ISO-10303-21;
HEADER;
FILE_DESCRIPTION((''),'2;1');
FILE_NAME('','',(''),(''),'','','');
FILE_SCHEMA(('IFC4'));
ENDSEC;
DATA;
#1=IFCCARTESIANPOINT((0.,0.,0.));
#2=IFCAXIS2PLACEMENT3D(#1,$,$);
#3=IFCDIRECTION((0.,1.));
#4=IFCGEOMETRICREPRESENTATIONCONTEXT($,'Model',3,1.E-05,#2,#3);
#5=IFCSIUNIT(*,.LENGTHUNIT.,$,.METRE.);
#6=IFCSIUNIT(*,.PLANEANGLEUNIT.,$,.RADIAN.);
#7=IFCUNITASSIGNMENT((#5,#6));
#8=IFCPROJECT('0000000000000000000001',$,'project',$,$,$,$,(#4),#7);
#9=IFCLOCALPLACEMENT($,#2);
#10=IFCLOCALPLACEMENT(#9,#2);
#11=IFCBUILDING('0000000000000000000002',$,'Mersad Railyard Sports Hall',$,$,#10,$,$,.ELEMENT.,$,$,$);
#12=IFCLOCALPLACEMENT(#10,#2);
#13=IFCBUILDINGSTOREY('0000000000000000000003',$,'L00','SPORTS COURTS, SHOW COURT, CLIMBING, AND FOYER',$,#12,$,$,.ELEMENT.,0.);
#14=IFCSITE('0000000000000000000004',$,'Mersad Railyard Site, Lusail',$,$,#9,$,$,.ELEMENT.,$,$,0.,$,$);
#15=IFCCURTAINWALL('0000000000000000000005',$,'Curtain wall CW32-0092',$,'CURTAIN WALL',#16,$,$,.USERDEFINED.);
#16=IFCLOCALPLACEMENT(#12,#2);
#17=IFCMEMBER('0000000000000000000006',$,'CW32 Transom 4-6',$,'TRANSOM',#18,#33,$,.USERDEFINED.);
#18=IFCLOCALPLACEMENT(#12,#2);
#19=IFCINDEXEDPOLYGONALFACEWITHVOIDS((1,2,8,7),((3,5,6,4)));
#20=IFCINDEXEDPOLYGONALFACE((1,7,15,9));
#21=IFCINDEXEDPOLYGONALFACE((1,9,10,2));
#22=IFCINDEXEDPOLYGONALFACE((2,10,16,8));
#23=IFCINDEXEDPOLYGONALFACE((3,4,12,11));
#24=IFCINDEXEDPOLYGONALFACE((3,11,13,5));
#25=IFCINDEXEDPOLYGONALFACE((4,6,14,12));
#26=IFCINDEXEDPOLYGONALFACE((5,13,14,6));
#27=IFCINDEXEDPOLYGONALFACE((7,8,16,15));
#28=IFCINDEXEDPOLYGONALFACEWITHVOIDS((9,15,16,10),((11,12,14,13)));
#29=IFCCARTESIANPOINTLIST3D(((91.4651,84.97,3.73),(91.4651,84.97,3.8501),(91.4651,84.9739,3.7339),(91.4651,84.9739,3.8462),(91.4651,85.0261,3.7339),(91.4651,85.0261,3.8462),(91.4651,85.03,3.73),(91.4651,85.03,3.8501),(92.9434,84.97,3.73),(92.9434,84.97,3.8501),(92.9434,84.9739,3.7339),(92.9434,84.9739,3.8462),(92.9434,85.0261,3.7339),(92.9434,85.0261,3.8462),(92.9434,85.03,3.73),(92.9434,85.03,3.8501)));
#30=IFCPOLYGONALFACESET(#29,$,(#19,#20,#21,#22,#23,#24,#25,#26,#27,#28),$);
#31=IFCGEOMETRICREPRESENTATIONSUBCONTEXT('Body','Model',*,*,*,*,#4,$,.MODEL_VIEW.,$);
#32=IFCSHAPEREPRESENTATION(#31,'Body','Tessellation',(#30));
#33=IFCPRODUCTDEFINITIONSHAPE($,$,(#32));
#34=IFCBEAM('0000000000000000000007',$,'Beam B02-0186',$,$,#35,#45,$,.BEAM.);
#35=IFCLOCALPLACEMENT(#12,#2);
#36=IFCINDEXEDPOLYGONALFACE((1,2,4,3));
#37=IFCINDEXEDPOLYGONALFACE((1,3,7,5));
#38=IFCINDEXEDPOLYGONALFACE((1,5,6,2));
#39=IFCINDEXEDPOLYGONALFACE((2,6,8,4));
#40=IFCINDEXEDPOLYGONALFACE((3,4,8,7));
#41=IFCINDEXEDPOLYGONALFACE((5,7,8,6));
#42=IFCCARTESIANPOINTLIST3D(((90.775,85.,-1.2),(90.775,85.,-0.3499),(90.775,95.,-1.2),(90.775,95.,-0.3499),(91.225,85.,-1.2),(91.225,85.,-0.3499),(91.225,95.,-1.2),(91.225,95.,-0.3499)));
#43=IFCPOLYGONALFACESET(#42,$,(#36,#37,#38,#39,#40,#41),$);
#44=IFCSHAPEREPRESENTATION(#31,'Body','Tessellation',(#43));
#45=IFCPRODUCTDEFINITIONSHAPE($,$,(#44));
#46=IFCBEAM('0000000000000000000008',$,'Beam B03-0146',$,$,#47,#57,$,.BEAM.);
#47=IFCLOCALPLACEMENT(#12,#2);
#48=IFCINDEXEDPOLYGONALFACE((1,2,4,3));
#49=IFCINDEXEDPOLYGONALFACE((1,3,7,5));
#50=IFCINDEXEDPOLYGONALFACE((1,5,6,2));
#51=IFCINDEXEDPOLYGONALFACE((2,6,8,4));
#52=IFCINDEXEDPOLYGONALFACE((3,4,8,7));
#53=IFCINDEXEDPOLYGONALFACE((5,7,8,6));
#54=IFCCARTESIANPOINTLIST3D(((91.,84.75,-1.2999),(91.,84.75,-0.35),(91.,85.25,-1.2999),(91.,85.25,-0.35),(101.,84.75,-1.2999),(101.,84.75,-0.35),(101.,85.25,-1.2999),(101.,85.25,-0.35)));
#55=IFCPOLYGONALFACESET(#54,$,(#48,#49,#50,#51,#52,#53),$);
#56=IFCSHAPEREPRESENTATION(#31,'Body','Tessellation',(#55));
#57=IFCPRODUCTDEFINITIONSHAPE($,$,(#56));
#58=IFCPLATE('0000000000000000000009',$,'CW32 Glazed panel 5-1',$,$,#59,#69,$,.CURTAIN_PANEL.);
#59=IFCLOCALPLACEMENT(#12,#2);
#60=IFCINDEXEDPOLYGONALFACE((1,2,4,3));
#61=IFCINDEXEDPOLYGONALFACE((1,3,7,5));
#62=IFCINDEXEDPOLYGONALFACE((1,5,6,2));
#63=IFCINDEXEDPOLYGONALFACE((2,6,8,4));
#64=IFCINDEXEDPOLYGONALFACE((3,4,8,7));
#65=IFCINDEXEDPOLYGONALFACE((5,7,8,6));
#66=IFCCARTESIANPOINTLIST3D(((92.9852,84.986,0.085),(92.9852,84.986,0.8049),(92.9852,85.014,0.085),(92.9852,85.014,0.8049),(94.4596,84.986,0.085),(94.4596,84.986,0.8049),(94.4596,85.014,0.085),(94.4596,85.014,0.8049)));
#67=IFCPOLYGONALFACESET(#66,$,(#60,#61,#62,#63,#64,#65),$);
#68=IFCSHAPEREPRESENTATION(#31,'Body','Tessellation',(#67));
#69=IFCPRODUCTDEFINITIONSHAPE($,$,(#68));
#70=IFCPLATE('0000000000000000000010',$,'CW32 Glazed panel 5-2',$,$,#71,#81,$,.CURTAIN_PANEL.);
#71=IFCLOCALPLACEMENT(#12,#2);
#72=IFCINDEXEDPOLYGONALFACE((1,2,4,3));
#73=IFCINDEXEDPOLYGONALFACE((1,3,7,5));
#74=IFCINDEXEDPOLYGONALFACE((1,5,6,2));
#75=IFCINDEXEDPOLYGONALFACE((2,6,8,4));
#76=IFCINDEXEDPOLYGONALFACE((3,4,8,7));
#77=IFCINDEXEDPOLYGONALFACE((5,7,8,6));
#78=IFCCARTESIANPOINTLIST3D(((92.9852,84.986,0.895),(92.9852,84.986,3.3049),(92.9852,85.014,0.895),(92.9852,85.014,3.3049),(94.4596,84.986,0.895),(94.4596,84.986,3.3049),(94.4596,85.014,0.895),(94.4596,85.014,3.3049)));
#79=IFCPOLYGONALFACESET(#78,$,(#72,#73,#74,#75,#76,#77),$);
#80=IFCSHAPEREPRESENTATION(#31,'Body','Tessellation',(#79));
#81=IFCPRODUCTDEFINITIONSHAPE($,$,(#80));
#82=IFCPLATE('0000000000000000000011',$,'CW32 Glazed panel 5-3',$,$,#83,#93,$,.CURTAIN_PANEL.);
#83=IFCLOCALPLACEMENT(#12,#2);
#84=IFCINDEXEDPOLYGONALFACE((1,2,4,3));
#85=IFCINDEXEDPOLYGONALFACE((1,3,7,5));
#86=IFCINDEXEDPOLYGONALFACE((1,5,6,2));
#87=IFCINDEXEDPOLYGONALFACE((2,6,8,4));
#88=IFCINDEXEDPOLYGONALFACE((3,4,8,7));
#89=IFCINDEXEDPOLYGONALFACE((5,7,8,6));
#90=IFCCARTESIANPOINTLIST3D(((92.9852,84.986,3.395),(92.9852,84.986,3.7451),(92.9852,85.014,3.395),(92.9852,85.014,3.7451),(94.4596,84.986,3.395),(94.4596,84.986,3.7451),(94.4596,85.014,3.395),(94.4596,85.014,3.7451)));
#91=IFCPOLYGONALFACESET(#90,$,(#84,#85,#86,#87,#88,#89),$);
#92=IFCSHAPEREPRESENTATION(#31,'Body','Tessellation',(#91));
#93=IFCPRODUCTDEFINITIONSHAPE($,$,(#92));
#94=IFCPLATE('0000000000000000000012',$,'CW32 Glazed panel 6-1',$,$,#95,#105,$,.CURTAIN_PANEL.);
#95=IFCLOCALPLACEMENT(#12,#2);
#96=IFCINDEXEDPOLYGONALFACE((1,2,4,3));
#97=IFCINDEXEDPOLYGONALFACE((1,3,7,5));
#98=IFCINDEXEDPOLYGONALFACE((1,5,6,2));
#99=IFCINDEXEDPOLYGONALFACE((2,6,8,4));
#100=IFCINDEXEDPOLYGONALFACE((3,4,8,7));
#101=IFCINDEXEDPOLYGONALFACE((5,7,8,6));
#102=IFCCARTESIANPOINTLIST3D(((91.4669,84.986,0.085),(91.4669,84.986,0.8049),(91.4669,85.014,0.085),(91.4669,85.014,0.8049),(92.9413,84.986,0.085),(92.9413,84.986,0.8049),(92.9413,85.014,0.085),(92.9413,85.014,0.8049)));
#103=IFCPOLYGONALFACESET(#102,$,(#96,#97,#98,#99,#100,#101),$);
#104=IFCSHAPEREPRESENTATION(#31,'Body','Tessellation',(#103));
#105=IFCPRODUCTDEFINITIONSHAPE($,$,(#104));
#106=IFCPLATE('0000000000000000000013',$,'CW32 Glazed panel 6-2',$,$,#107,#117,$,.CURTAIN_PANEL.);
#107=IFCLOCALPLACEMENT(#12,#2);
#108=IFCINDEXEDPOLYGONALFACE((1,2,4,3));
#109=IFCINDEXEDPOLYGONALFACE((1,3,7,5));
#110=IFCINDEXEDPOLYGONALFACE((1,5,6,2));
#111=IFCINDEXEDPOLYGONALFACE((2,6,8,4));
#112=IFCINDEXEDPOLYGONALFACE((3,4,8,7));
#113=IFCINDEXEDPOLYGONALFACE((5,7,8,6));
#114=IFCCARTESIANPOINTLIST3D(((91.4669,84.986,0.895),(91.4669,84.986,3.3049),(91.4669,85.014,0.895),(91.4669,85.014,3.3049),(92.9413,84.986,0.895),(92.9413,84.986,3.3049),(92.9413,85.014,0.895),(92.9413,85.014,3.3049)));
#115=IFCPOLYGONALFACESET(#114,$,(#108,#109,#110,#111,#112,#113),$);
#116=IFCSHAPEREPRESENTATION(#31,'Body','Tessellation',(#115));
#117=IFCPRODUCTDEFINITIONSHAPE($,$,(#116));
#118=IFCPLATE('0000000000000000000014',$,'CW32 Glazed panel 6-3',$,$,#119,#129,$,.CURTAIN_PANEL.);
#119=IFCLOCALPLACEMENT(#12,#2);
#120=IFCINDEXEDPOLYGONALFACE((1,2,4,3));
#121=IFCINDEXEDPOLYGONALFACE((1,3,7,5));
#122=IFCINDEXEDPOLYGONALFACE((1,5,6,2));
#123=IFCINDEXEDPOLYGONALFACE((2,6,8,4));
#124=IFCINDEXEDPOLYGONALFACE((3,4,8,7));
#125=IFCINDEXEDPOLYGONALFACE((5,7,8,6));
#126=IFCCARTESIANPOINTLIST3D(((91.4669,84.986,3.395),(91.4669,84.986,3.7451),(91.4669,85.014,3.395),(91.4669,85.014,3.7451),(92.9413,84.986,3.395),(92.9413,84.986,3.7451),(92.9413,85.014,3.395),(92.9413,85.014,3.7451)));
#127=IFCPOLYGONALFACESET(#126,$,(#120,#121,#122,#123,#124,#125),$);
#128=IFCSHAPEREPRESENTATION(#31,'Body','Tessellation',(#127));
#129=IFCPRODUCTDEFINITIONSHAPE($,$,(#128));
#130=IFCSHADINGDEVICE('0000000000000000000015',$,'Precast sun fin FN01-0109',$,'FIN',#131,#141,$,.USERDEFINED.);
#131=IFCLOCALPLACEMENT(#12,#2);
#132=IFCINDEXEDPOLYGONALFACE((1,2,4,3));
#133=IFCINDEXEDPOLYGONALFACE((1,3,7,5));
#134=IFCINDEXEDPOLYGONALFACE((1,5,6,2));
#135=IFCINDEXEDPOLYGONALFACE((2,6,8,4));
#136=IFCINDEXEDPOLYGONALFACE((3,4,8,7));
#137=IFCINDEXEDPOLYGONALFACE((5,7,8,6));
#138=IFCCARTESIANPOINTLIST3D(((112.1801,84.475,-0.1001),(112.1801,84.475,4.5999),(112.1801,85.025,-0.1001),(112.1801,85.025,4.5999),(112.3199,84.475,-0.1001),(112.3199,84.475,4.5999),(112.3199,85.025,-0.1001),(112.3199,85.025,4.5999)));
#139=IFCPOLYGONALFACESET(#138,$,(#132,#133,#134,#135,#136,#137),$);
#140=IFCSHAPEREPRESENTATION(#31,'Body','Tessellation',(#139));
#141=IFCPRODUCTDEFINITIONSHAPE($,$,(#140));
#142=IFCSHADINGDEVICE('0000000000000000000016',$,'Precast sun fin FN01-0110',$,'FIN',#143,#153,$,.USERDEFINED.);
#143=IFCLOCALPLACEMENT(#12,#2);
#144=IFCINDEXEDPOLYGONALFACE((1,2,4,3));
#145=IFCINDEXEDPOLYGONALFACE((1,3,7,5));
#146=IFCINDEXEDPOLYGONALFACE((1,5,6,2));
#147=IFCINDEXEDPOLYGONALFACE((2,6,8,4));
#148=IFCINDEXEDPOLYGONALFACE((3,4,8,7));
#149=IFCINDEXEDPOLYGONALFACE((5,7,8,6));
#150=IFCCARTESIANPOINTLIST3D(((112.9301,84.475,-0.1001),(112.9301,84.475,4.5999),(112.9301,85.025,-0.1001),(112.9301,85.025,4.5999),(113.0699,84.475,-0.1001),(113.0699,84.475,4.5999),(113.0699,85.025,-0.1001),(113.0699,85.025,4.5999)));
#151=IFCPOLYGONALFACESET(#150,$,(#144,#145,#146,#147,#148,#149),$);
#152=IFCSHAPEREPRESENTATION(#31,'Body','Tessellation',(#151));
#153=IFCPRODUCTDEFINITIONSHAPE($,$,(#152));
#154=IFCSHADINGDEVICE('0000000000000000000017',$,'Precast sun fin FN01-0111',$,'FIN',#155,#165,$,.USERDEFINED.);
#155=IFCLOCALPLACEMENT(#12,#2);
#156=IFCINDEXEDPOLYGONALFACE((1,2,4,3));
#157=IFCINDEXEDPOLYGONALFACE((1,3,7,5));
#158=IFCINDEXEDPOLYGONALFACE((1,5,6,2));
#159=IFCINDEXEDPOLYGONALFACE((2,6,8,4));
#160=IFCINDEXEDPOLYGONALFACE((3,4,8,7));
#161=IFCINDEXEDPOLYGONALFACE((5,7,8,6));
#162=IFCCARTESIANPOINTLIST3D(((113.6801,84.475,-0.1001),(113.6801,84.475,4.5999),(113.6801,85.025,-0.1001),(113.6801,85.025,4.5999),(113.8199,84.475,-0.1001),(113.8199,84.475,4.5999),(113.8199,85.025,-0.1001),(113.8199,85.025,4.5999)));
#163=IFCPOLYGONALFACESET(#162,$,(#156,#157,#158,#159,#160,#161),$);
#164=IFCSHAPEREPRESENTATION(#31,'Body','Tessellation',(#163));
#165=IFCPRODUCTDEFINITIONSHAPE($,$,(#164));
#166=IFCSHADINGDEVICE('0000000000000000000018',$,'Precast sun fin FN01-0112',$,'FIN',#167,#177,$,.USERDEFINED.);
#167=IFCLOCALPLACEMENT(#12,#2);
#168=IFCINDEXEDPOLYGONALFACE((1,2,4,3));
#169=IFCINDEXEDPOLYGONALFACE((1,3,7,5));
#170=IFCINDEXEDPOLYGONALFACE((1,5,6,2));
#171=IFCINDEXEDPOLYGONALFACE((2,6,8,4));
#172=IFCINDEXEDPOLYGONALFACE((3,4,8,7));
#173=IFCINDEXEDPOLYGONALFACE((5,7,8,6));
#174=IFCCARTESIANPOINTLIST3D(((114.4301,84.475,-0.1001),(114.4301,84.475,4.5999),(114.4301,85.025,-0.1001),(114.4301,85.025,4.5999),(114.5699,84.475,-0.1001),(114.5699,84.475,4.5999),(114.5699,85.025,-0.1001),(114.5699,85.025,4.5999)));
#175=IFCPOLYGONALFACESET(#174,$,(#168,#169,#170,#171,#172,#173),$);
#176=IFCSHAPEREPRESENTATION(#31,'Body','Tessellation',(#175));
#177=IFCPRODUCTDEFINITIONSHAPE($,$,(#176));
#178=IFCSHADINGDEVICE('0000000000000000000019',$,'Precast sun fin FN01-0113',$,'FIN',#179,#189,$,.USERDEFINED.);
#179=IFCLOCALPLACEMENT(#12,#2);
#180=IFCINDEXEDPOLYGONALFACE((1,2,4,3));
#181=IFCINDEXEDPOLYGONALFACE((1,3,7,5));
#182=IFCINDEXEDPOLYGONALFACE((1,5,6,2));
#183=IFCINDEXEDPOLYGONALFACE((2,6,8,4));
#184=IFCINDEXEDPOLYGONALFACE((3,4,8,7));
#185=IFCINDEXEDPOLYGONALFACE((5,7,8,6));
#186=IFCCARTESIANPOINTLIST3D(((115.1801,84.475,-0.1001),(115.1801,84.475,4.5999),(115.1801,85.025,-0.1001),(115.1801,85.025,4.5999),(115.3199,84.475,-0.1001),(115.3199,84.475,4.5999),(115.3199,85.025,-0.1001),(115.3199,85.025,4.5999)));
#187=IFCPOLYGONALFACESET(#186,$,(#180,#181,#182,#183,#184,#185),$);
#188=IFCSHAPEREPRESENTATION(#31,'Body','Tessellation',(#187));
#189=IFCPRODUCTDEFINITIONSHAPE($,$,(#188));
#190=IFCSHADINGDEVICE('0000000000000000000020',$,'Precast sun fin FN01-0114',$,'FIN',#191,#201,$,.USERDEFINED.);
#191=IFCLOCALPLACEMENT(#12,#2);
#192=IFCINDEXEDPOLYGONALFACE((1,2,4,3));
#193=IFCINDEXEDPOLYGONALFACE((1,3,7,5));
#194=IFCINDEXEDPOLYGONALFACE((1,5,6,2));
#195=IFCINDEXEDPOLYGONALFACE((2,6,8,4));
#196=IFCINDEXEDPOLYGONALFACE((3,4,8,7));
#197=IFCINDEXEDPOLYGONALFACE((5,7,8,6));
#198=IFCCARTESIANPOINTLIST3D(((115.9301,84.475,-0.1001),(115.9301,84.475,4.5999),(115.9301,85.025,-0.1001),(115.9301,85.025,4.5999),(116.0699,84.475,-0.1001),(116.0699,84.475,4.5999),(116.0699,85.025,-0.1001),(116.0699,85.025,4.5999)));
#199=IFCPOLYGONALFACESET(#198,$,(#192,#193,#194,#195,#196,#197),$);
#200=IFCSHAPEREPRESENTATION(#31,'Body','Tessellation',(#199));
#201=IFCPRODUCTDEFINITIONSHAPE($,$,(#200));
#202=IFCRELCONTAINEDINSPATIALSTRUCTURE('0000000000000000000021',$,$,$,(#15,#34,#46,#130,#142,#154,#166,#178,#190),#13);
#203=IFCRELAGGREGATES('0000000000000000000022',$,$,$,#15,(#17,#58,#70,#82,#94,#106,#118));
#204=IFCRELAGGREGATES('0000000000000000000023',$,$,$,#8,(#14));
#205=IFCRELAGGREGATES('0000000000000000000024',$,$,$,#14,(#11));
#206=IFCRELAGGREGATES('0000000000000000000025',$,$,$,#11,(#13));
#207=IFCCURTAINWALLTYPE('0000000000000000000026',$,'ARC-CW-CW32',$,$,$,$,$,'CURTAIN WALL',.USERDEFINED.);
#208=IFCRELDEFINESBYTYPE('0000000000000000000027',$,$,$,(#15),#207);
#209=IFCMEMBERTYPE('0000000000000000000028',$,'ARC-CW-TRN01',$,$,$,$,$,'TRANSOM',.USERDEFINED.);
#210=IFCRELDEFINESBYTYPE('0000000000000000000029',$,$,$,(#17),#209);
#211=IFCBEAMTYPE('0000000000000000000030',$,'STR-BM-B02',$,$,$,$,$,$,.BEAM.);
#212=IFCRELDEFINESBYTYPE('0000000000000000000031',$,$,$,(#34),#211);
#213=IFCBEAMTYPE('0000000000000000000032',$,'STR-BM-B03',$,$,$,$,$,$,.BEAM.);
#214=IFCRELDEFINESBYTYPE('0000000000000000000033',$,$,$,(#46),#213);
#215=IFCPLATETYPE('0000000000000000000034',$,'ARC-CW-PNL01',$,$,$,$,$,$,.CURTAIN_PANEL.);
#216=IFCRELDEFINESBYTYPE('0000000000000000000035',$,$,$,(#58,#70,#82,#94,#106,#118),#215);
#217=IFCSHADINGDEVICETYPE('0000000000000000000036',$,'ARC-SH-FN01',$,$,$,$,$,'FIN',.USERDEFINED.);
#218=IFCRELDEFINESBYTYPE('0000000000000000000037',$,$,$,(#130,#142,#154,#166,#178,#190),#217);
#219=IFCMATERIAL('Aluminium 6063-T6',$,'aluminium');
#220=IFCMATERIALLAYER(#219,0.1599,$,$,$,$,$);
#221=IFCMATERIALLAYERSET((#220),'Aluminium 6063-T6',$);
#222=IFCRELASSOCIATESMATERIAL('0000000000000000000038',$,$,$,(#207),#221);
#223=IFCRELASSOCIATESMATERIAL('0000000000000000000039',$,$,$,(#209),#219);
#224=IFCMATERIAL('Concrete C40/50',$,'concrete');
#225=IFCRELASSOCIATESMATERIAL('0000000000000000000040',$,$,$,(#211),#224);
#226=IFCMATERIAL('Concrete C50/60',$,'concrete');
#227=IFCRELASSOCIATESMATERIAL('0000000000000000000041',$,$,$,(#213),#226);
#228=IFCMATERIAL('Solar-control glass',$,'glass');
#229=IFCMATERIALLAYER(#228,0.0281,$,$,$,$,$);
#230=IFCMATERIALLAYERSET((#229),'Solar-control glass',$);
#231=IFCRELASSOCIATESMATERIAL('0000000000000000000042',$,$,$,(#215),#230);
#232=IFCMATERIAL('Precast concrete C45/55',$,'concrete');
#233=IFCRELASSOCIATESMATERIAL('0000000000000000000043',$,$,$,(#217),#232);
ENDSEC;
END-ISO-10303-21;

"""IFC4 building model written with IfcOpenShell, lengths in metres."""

from ifc_helpers import new_model, si_unit, direction, frame, origin, origin_2d, place, context, subcontext, project, spatial, rectangle, hollow_rectangle, extrude, material, layer, layer_set, material_profile, profile_set, type_object, element, aggregate, save


model = new_model("IFC4")

# Units and contexts
model_context = context("Model", 3, precision=1e-05, world=origin(), true_north=direction((0.0, 1.0)))
body_context = subcontext(model_context, "Body", "Model", "MODEL_VIEW")
ifc_project = project(units=[si_unit("LENGTHUNIT", "METRE"), si_unit("PLANEANGLEUNIT", "RADIAN")], contexts=[model_context])

# Site, building, storey
site_placement = place(None, origin())
site = spatial("IfcSite", under=ifc_project, at=site_placement, Name="Mersad Railyard Site, Lusail", CompositionType="ELEMENT", RefElevation=0.0)
building_placement = place(site_placement, origin())
building = spatial("IfcBuilding", under=site, at=building_placement, Name="Mersad Railyard Sports Hall", CompositionType="ELEMENT")
storey_placement = place(building_placement, origin())
storey = spatial("IfcBuildingStorey", under=building, at=storey_placement, Name="L00", Description="SPORTS COURTS, SHOW COURT, CLIMBING, AND FOYER", CompositionType="ELEMENT", Elevation=0.0)

# Shared definitions
ifc_material_1 = material(Name="Concrete C50/60", Category="concrete")

# Curtain wall, member
ifc_material_2 = material(Name="Aluminium 6063-T6", Category="aluminium")
ifc_layer_1 = layer(ifc_material_2, 0.1599)
ifc_layer_set_1 = layer_set([ifc_layer_1], Name="Aluminium 6063-T6")
curtain_wall_type = type_object("IfcCurtainWallType", Name="ARC-CW-CW32", ElementType="CURTAIN WALL", PredefinedType="USERDEFINED", material=ifc_layer_set_1)
curtain_wall_placement = place(storey_placement, origin())
curtain_wall = element("IfcCurtainWall", 1, at=curtain_wall_placement, inside=storey, type_object=curtain_wall_type, Name="Curtain wall CW32-0092", ObjectType="CURTAIN WALL", PredefinedType="USERDEFINED")
ifc_material_profile_1 = material_profile(ifc_material_2, hollow_rectangle(XDim=0.0601, YDim=0.1201, WallThickness=0.0039, at=origin_2d()), Name="AL TRANSOM 60x120x4")
ifc_profile_set_1 = profile_set([ifc_material_profile_1], Name="Aluminium 6063-T6")
member_type_1 = type_object("IfcMemberType", Name="ARC-CW-TRN01", ElementType="TRANSOM", PredefinedType="USERDEFINED", material=ifc_profile_set_1)
member_1_placement = place(storey_placement, frame((92.9434, 85.0, 3.79), z_axis=(-1.0, 0.0, 0.0), x_axis=(0.0, -1.0, 0.0)))
member_1 = element("IfcMember", 2, at=member_1_placement, type_object=member_type_1, Name="CW32 Transom 4-6", ObjectType="TRANSOM", PredefinedType="USERDEFINED", context=body_context, shape_type="SweptSolid", body=[
    extrude(hollow_rectangle(XDim=0.0601, YDim=0.1201, WallThickness=0.0039, at=origin_2d()), origin(), (0.0, 0.0, 1.0), 1.4783),
])

# Beams
ifc_material_3 = material(Name="Concrete C40/50", Category="concrete")
ifc_material_profile_2 = material_profile(ifc_material_3, rectangle(XDim=0.45, YDim=0.8501, at=origin_2d()), Name="RC 450x850")
ifc_profile_set_2 = profile_set([ifc_material_profile_2], Name="Concrete C40/50")
beam_type_1 = type_object("IfcBeamType", Name="STR-BM-B02", PredefinedType="BEAM", material=ifc_profile_set_2)
beam_1_placement = place(storey_placement, frame((91.0, 85.0, -0.7749), z_axis=(0.0, 1.0, 0.0), x_axis=(-1.0, 0.0, 0.0)))
element("IfcBeam", 3, at=beam_1_placement, inside=storey, type_object=beam_type_1, Name="Beam B02-0186", PredefinedType="BEAM", context=body_context, shape_type="SweptSolid", body=[
    extrude(rectangle(XDim=0.45, YDim=0.8501, at=origin_2d()), origin(), (0.0, 0.0, 1.0), 10.0),
])
ifc_material_profile_3 = material_profile(ifc_material_1, rectangle(XDim=0.5, YDim=0.95, at=origin_2d()), Name="RC 500x950")
ifc_profile_set_3 = profile_set([ifc_material_profile_3], Name="Concrete C50/60")
beam_type_2 = type_object("IfcBeamType", Name="STR-BM-B03", PredefinedType="BEAM", material=ifc_profile_set_3)
beam_2_placement = place(storey_placement, frame((91.0, 85.0, -0.825), z_axis=(1.0, 0.0, 0.0), x_axis=(0.0, 1.0, 0.0)))
element("IfcBeam", 4, at=beam_2_placement, inside=storey, type_object=beam_type_2, Name="Beam B03-0146", PredefinedType="BEAM", context=body_context, shape_type="SweptSolid", body=[
    extrude(rectangle(XDim=0.5, YDim=0.95, at=origin_2d()), origin(), (0.0, 0.0, 1.0), 10.0),
])

# Plates
ifc_material_4 = material(Name="Solar-control glass", Category="glass")
ifc_layer_2 = layer(ifc_material_4, 0.0281)
ifc_layer_set_2 = layer_set([ifc_layer_2], Name="Solar-control glass")
plate_type = type_object("IfcPlateType", Name="ARC-CW-PNL01", PredefinedType="CURTAIN_PANEL", material=ifc_layer_set_2)
plate_1_placement = place(storey_placement, frame((93.7224, 85.0, 0.085), z_axis=(0.0, 0.0, 1.0), x_axis=(-1.0, 0.0, 0.0)))
plate_1 = element("IfcPlate", 5, at=plate_1_placement, type_object=plate_type, Name="CW32 Glazed panel 5-1", PredefinedType="CURTAIN_PANEL", context=body_context, shape_type="SweptSolid", body=[
    extrude(rectangle(XDim=1.4744, YDim=0.0281, at=origin_2d()), origin(), (0.0, 0.0, 1.0), 0.72),
])
plate_2_placement = place(storey_placement, frame((93.7224, 85.0, 0.895), z_axis=(0.0, 0.0, 1.0), x_axis=(-1.0, 0.0, 0.0)))
plate_2 = element("IfcPlate", 6, at=plate_2_placement, type_object=plate_type, Name="CW32 Glazed panel 5-2", PredefinedType="CURTAIN_PANEL", context=body_context, shape_type="SweptSolid", body=[
    extrude(rectangle(XDim=1.4744, YDim=0.0281, at=origin_2d()), origin(), (0.0, 0.0, 1.0), 2.4099),
])
plate_3_placement = place(storey_placement, frame((93.7224, 85.0, 3.395), z_axis=(0.0, 0.0, 1.0), x_axis=(-1.0, 0.0, 0.0)))
plate_3 = element("IfcPlate", 7, at=plate_3_placement, type_object=plate_type, Name="CW32 Glazed panel 5-3", PredefinedType="CURTAIN_PANEL", context=body_context, shape_type="SweptSolid", body=[
    extrude(rectangle(XDim=1.4744, YDim=0.0281, at=origin_2d()), origin(), (0.0, 0.0, 1.0), 0.3501),
])
plate_4_placement = place(storey_placement, frame((92.2041, 85.0, 0.085), z_axis=(0.0, 0.0, 1.0), x_axis=(-1.0, 0.0, 0.0)))
plate_4 = element("IfcPlate", 8, at=plate_4_placement, type_object=plate_type, Name="CW32 Glazed panel 6-1", PredefinedType="CURTAIN_PANEL", context=body_context, shape_type="SweptSolid", body=[
    extrude(rectangle(XDim=1.4744, YDim=0.0281, at=origin_2d()), origin(), (0.0, 0.0, 1.0), 0.72),
])
plate_5_placement = place(storey_placement, frame((92.2041, 85.0, 0.895), z_axis=(0.0, 0.0, 1.0), x_axis=(-1.0, 0.0, 0.0)))
plate_5 = element("IfcPlate", 9, at=plate_5_placement, type_object=plate_type, Name="CW32 Glazed panel 6-2", PredefinedType="CURTAIN_PANEL", context=body_context, shape_type="SweptSolid", body=[
    extrude(rectangle(XDim=1.4744, YDim=0.0281, at=origin_2d()), origin(), (0.0, 0.0, 1.0), 2.4099),
])
plate_6_placement = place(storey_placement, frame((92.2041, 85.0, 3.395), z_axis=(0.0, 0.0, 1.0), x_axis=(-1.0, 0.0, 0.0)))
plate_6 = element("IfcPlate", 10, at=plate_6_placement, type_object=plate_type, Name="CW32 Glazed panel 6-3", PredefinedType="CURTAIN_PANEL", context=body_context, shape_type="SweptSolid", body=[
    extrude(rectangle(XDim=1.4744, YDim=0.0281, at=origin_2d()), origin(), (0.0, 0.0, 1.0), 0.3501),
])
aggregate(curtain_wall, [member_1, plate_1, plate_2, plate_3, plate_4, plate_5, plate_6])

# Shading devices
ifc_material_5 = material(Name="Precast concrete C45/55", Category="concrete")
shading_device_type = type_object("IfcShadingDeviceType", Name="ARC-SH-FN01", ElementType="FIN", PredefinedType="USERDEFINED", material=ifc_material_5)
for number, where, z_axis, x_axis, name in (
    (11, (112.25, 84.75, -0.1001), (0.0, 0.0, 1.0), (1.0, 0.0, 0.0), "Precast sun fin FN01-0109"),
    (12, (113.0, 84.75, -0.1001), (0.0, 0.0, 1.0), (1.0, 0.0, 0.0), "Precast sun fin FN01-0110"),
    (13, (113.75, 84.75, -0.1001), (0.0, 0.0, 1.0), (1.0, 0.0, 0.0), "Precast sun fin FN01-0111"),
    (14, (114.5, 84.75, -0.1001), (0.0, 0.0, 1.0), (1.0, 0.0, 0.0), "Precast sun fin FN01-0112"),
    (15, (115.25, 84.75, -0.1001), (0.0, 0.0, 1.0), (1.0, 0.0, 0.0), "Precast sun fin FN01-0113"),
    (16, (116.0, 84.75, -0.1001), (0.0, 0.0, 1.0), (1.0, 0.0, 0.0), "Precast sun fin FN01-0114"),
):
    element("IfcShadingDevice", number, at=place(storey_placement, frame(where, z_axis=z_axis, x_axis=x_axis)), inside=storey, type_object=shading_device_type, Name=name, ObjectType="FIN", PredefinedType="USERDEFINED", context=body_context, shape_type="SweptSolid", body=[
        extrude(rectangle(XDim=0.1399, YDim=0.55, at=origin_2d()), origin(), (0.0, 0.0, 1.0), 4.7),
    ])

save(model, "model.ifc")
